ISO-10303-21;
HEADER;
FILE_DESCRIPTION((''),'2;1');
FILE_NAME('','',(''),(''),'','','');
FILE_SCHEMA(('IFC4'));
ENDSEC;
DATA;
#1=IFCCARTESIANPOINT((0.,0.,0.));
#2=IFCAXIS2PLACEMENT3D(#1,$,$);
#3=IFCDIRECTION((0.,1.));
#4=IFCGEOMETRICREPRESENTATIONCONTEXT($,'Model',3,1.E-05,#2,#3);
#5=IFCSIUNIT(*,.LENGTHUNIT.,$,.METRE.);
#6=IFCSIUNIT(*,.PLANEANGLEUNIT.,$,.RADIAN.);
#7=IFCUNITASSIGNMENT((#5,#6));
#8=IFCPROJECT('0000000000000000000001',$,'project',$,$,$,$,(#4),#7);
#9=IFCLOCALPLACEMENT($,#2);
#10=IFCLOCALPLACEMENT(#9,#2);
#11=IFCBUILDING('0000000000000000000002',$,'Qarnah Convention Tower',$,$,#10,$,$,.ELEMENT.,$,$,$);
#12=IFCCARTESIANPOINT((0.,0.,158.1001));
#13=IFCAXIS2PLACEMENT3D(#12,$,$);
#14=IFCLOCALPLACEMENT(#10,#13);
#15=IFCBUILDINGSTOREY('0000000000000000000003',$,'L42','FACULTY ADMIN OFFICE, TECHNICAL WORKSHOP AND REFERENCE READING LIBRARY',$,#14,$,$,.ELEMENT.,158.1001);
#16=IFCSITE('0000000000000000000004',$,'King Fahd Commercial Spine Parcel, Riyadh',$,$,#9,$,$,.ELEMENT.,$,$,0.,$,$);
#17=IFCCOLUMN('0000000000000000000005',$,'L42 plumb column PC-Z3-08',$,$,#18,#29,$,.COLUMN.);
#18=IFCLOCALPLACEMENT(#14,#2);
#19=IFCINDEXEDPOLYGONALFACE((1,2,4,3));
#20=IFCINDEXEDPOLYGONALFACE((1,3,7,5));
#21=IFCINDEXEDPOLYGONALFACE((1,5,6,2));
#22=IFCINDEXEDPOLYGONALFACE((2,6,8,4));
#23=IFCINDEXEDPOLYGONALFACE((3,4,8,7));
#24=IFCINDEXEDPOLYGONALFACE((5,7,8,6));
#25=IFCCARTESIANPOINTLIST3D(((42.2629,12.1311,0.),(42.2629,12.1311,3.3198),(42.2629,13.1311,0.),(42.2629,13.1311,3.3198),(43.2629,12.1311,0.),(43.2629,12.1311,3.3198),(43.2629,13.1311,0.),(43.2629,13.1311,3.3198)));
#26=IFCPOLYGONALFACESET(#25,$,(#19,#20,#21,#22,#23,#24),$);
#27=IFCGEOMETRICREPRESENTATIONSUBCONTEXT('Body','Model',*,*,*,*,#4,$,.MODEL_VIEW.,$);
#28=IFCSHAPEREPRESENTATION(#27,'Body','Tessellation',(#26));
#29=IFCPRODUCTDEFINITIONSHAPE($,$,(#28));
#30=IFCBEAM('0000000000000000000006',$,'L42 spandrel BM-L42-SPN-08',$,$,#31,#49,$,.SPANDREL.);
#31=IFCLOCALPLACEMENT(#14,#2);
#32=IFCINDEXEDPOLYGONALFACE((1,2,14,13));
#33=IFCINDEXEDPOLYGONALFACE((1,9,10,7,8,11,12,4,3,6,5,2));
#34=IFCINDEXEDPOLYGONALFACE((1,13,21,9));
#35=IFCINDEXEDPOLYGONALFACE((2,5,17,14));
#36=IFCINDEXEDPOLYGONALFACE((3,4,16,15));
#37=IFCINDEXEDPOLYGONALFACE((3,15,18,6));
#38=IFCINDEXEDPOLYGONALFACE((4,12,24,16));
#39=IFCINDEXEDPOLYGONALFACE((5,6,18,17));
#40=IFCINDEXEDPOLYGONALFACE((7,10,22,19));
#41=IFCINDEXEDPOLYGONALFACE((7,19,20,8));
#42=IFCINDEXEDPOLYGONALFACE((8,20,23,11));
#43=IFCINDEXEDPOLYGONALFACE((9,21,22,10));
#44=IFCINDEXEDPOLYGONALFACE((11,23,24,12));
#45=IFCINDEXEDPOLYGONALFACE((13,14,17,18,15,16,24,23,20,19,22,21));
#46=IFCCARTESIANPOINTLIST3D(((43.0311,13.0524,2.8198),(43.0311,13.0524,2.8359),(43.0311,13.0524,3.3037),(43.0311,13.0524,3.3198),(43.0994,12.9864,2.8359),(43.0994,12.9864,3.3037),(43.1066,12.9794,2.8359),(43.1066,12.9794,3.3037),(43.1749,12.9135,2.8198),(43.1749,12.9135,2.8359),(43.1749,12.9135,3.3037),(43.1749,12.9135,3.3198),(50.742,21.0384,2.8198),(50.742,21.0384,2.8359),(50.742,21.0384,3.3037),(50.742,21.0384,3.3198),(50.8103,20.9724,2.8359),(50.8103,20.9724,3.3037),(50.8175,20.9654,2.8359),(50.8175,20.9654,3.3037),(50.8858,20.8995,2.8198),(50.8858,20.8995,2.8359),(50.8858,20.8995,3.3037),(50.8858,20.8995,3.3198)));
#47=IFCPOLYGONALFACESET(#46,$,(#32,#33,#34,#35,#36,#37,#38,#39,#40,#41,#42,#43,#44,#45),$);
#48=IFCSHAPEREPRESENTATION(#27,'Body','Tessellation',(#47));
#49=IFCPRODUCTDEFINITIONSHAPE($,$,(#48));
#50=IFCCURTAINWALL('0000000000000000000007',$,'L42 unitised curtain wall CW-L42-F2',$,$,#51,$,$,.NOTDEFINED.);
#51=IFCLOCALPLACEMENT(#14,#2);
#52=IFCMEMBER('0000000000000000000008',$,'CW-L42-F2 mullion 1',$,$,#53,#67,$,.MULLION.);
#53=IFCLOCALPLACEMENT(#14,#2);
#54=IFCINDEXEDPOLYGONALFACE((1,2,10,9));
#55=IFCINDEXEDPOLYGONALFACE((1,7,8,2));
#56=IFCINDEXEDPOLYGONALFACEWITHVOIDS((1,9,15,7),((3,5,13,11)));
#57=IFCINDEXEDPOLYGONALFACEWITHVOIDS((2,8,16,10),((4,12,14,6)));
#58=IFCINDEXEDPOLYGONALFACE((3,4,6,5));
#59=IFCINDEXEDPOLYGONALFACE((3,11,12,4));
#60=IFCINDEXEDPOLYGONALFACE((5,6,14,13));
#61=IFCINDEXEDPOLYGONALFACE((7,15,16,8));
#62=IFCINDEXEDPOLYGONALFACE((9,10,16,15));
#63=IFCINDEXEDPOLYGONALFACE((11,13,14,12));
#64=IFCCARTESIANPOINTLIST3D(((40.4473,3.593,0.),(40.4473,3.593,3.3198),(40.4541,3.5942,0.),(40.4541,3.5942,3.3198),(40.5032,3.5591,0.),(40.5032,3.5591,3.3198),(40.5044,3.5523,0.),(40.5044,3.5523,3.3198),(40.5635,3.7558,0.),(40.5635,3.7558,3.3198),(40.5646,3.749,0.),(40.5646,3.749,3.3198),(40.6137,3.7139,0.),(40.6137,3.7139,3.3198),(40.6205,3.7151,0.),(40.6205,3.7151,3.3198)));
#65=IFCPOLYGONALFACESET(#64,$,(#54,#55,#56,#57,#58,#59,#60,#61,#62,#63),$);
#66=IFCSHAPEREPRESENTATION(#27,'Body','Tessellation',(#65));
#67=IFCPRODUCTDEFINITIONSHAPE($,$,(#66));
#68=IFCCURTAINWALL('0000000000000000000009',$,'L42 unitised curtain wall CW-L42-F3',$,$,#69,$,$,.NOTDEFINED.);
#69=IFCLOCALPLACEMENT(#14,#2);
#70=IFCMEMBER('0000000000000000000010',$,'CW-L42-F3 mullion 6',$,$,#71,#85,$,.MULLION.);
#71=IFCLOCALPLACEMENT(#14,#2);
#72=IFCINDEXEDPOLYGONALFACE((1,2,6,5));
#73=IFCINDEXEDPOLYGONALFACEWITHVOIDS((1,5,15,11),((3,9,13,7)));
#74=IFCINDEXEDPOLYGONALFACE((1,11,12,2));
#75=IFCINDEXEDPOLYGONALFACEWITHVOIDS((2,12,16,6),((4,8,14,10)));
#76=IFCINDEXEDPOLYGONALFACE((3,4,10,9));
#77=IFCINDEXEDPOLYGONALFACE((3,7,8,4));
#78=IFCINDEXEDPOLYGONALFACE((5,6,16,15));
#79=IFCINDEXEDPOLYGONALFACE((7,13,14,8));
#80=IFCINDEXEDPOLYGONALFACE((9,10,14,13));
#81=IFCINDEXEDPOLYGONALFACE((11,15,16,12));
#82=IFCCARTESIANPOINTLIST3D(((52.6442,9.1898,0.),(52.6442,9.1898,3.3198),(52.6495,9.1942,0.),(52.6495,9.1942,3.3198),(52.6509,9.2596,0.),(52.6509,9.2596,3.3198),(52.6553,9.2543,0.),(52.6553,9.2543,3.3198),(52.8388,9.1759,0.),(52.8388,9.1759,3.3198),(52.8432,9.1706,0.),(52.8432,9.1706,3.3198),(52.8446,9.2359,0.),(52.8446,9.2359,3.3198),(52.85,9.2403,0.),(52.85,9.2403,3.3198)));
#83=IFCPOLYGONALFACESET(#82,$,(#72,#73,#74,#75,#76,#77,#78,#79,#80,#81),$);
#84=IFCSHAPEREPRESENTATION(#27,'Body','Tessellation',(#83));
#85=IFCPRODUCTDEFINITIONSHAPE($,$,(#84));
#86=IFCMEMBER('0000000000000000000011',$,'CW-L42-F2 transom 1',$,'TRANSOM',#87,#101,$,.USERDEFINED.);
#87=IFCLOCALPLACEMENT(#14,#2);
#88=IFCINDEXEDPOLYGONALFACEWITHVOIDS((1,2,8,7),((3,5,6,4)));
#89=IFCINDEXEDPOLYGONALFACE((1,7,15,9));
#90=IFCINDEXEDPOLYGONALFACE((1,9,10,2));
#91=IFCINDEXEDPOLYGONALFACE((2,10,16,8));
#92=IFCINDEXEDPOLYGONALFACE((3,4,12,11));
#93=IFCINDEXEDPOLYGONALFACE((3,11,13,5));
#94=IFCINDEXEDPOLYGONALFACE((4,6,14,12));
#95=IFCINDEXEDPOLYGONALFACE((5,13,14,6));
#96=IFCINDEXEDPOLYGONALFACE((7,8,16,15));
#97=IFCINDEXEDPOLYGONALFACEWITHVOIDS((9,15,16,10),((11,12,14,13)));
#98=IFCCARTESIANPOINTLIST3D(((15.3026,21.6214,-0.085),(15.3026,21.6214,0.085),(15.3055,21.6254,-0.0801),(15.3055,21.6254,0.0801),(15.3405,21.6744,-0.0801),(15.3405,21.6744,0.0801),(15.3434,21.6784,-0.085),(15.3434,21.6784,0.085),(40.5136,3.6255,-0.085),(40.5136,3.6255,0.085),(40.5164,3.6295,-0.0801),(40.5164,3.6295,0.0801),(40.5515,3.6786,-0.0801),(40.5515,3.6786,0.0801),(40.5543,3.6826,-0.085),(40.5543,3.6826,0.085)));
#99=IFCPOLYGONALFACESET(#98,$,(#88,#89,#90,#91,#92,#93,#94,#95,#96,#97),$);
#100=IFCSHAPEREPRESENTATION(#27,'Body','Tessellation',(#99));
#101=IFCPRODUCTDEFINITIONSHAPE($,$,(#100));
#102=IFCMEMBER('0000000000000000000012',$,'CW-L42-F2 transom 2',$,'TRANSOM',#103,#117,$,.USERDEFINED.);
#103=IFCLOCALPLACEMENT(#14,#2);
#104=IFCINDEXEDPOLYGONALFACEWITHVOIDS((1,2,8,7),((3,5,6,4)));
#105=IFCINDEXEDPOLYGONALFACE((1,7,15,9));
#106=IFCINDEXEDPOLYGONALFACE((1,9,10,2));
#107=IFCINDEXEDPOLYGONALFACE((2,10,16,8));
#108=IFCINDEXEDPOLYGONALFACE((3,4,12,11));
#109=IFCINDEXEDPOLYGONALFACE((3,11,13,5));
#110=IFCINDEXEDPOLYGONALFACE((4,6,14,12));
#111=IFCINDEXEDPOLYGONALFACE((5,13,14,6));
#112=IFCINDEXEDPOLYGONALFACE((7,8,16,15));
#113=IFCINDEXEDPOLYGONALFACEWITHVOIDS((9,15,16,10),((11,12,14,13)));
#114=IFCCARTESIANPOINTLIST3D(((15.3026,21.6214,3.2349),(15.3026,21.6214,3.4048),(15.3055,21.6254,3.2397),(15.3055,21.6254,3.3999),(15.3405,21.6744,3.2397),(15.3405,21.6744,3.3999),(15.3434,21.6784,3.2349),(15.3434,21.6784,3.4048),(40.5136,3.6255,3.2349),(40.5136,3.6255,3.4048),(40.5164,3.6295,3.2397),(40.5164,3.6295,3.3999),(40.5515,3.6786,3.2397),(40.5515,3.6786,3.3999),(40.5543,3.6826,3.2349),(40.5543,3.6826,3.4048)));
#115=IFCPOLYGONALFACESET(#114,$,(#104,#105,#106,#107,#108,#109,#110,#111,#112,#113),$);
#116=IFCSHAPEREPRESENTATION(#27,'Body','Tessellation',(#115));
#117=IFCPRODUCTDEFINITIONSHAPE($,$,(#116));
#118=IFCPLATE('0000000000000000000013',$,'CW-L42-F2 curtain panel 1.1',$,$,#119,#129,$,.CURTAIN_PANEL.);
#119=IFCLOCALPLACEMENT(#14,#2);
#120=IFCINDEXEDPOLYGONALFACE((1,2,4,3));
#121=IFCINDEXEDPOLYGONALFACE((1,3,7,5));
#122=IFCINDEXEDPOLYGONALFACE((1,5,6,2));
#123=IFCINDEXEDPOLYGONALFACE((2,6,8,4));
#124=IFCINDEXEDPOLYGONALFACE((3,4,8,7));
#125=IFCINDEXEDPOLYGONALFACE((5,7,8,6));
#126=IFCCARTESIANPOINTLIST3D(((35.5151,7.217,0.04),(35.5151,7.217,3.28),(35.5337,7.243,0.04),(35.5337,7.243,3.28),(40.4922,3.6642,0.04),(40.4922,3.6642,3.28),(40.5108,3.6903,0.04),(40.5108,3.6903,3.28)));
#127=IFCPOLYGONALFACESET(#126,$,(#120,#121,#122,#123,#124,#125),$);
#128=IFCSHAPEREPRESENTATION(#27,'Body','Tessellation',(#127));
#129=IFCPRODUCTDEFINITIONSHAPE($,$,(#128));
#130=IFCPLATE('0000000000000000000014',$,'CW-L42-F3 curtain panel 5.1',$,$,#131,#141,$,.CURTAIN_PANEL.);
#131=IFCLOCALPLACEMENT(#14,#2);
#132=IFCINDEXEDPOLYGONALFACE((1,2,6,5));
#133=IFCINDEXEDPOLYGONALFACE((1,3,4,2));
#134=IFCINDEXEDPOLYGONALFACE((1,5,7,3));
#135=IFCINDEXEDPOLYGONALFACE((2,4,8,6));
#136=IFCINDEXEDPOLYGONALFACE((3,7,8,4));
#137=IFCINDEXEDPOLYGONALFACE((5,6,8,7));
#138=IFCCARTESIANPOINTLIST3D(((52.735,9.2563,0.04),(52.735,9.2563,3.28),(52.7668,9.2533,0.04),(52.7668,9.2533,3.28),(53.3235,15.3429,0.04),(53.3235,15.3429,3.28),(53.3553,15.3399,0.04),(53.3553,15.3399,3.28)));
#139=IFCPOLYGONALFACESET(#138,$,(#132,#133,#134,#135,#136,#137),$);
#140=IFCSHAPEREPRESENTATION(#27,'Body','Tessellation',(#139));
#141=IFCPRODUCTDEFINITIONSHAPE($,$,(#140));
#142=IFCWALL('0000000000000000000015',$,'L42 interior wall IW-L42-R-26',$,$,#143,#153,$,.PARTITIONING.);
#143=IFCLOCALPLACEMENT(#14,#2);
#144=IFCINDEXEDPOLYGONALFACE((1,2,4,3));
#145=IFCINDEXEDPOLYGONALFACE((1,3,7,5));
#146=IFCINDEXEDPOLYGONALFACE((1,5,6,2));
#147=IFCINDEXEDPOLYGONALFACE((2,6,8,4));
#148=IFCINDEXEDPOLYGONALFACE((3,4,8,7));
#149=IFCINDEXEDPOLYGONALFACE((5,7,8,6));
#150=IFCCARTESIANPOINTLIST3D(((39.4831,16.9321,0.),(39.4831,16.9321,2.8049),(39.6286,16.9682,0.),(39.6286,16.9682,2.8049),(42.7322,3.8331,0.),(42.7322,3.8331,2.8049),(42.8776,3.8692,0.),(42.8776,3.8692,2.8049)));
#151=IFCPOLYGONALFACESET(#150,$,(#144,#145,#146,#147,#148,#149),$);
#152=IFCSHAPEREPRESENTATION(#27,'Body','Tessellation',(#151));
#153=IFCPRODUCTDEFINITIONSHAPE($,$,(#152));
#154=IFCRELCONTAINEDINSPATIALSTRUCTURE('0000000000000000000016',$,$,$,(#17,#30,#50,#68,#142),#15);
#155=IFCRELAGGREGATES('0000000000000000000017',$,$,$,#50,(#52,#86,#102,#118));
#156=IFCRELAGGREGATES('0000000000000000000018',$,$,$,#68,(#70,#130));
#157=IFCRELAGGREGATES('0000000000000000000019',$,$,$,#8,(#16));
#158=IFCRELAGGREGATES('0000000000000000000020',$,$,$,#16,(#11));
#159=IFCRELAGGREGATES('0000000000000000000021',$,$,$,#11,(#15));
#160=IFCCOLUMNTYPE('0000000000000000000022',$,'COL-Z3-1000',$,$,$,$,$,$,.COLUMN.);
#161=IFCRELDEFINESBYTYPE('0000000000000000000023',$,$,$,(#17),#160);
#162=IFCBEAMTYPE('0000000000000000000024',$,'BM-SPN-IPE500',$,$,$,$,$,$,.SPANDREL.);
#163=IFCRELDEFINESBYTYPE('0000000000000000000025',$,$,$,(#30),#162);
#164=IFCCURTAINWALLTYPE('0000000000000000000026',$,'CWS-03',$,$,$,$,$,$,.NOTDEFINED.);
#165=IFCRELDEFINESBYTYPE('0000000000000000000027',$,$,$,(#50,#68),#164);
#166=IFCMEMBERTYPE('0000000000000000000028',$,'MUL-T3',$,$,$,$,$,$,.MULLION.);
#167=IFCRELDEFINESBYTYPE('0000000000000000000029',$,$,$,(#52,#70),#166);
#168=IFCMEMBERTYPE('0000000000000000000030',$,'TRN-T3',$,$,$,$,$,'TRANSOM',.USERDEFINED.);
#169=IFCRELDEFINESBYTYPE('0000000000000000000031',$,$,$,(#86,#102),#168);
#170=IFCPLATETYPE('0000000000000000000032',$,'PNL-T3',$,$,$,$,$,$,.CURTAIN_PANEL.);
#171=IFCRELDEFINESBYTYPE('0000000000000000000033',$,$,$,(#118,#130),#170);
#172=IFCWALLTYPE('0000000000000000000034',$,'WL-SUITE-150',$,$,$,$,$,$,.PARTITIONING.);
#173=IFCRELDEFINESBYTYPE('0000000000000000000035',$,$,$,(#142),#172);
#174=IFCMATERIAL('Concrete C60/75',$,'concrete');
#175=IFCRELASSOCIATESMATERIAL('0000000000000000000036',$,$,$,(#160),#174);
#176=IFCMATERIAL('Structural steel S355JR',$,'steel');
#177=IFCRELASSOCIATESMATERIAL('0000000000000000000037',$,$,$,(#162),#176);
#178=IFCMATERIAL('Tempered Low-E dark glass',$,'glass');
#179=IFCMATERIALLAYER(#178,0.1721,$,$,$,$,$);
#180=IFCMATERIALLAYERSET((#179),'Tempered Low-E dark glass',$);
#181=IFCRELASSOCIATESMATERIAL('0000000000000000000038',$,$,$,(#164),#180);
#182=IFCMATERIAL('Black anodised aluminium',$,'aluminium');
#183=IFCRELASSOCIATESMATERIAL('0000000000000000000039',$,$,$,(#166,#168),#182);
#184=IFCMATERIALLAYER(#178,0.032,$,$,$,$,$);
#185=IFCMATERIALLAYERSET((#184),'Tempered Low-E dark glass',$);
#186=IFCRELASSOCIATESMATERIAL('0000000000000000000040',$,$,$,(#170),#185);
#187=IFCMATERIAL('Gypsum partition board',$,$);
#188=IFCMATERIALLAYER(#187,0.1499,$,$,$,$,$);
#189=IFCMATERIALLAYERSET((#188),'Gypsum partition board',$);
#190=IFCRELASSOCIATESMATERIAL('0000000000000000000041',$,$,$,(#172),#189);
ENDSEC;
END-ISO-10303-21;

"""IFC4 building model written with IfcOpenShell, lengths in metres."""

from ifc_helpers import new_model, si_unit, direction, frame, frame_2d, origin, origin_2d, place, context, subcontext, project, spatial, rectangle, hollow_rectangle, i_section, extrude, material, layer, layer_set, material_profile, profile_set, type_object, element, aggregate, save


model = new_model("IFC4")

# Units and contexts
model_context = context("Model", 3, precision=1e-05, world=origin(), true_north=direction((0.0, 1.0)))
body_context = subcontext(model_context, "Body", "Model", "MODEL_VIEW")
ifc_project = project(units=[si_unit("LENGTHUNIT", "METRE"), si_unit("PLANEANGLEUNIT", "RADIAN")], contexts=[model_context])

# Site, building, storey
site_placement = place(None, origin())
site = spatial("IfcSite", under=ifc_project, at=site_placement, Name="King Fahd Commercial Spine Parcel, Riyadh", CompositionType="ELEMENT", RefElevation=0.0)
building_placement = place(site_placement, origin())
building = spatial("IfcBuilding", under=site, at=building_placement, Name="Qarnah Convention Tower", CompositionType="ELEMENT")
storey_placement = place(building_placement, frame((0.0, 0.0, 158.1001)))
storey = spatial("IfcBuildingStorey", under=building, at=storey_placement, Name="L42", Description="FACULTY ADMIN OFFICE, TECHNICAL WORKSHOP AND REFERENCE READING LIBRARY", CompositionType="ELEMENT", Elevation=158.1001)

# Column
ifc_material_1 = material(Name="Concrete C60/75", Category="concrete")
ifc_material_profile_1 = material_profile(ifc_material_1, rectangle(XDim=1.0, YDim=1.0, at=origin_2d()), Name="RC-COL-1000X1000")
ifc_profile_set_1 = profile_set([ifc_material_profile_1], Name="Concrete C60/75")
column_type = type_object("IfcColumnType", Name="COL-Z3-1000", PredefinedType="COLUMN", material=ifc_profile_set_1)
column_placement = place(storey_placement, frame((42.7629, 12.6311, 0.0), z_axis=(0.0, 0.0, 1.0), x_axis=(1.0, 0.0, 0.0)))
element("IfcColumn", 1, at=column_placement, inside=storey, type_object=column_type, Name="L42 plumb column PC-Z3-08", PredefinedType="COLUMN", context=body_context, shape_type="SweptSolid", body=[
    extrude(rectangle(XDim=1.0, YDim=1.0, at=origin_2d()), origin(), (0.0, 0.0, 1.0), 3.3198),
])

# Beam
ifc_material_2 = material(Name="Structural steel S355JR", Category="steel")
ifc_material_profile_2 = material_profile(ifc_material_2, i_section(OverallWidth=0.2, OverallDepth=0.5, WebThickness=0.01, FlangeThickness=0.0161, at=origin_2d()), Name="IPE500")
ifc_profile_set_2 = profile_set([ifc_material_profile_2], Name="Structural steel S355JR")
beam_type = type_object("IfcBeamType", Name="BM-SPN-IPE500", PredefinedType="SPANDREL", material=ifc_profile_set_2)
beam_placement = place(storey_placement, frame((43.103, 12.9829, 3.0698), z_axis=(0.694606, 0.719391, 0.0), x_axis=(-0.719391, 0.694606, 0.0)))
element("IfcBeam", 2, at=beam_placement, inside=storey, type_object=beam_type, Name="L42 spandrel BM-L42-SPN-08", PredefinedType="SPANDREL", context=body_context, shape_type="SweptSolid", body=[
    extrude(i_section(OverallWidth=0.2, OverallDepth=0.5, WebThickness=0.01, FlangeThickness=0.0161, at=origin_2d()), origin(), (0.0, 0.0, 1.0), 11.1011),
])

# Curtain walls, members
ifc_material_3 = material(Name="Tempered Low-E dark glass", Category="glass")
ifc_layer_1 = layer(ifc_material_3, 0.1721)
ifc_layer_set_1 = layer_set([ifc_layer_1], Name="Tempered Low-E dark glass")
curtain_wall_type = type_object("IfcCurtainWallType", Name="CWS-03", PredefinedType="NOTDEFINED", material=ifc_layer_set_1)
curtain_wall_1_placement = place(storey_placement, origin())
curtain_wall_1 = element("IfcCurtainWall", 3, at=curtain_wall_1_placement, inside=storey, type_object=curtain_wall_type, Name="L42 unitised curtain wall CW-L42-F2", PredefinedType="NOTDEFINED")
ifc_material_4 = material(Name="Black anodised aluminium", Category="aluminium")
ifc_material_profile_3 = material_profile(ifc_material_4, hollow_rectangle(XDim=0.0701, YDim=0.2, WallThickness=0.0049, at=origin_2d()), Name="MUL-70X200")
ifc_profile_set_3 = profile_set([ifc_material_profile_3], Name="Black anodised aluminium")
member_type_1 = type_object("IfcMemberType", Name="MUL-T3", PredefinedType="MULLION", material=ifc_profile_set_3)
member_1_placement = place(storey_placement, frame((40.5339, 3.6541, 0.0), z_axis=(0.0, 0.0, 1.0), x_axis=(-0.813914, 0.580985, 0.0)))
member_1 = element("IfcMember", 4, at=member_1_placement, type_object=member_type_1, Name="CW-L42-F2 mullion 1", PredefinedType="MULLION", context=body_context, shape_type="SweptSolid", body=[
    extrude(hollow_rectangle(XDim=0.0701, YDim=0.2, WallThickness=0.0049, at=origin_2d()), origin(), (0.0, 0.0, 1.0), 3.3198),
])
curtain_wall_2_placement = place(storey_placement, origin())
curtain_wall_2 = element("IfcCurtainWall", 5, at=curtain_wall_2_placement, inside=storey, type_object=curtain_wall_type, Name="L42 unitised curtain wall CW-L42-F3", PredefinedType="NOTDEFINED")
member_2_placement = place(storey_placement, frame((52.7471, 9.2151, 0.0), z_axis=(0.0, 0.0, 1.0), x_axis=(-0.09624, -0.995358, 0.0)))
member_2 = element("IfcMember", 6, at=member_2_placement, type_object=member_type_1, Name="CW-L42-F3 mullion 6", PredefinedType="MULLION", context=body_context, shape_type="SweptSolid", body=[
    extrude(hollow_rectangle(XDim=0.0701, YDim=0.2, WallThickness=0.0049, at=origin_2d()), origin(), (0.0, 0.0, 1.0), 3.3198),
])

# Members
ifc_material_profile_4 = material_profile(ifc_material_4, hollow_rectangle(XDim=0.0701, YDim=0.1699, WallThickness=0.0049, at=origin_2d()), Name="TRN-70X170")
ifc_profile_set_4 = profile_set([ifc_material_profile_4], Name="Black anodised aluminium")
member_type_2 = type_object("IfcMemberType", Name="TRN-T3", ElementType="TRANSOM", PredefinedType="USERDEFINED", material=ifc_profile_set_4)
member_3_placement = place(storey_placement, frame((40.5339, 3.6541, 0.0), z_axis=(-0.813916, 0.580982, 0.0), x_axis=(-0.580982, -0.813916, 0.0)))
member_3 = element("IfcMember", 7, at=member_3_placement, type_object=member_type_2, Name="CW-L42-F2 transom 1", ObjectType="TRANSOM", PredefinedType="USERDEFINED", context=body_context, shape_type="SweptSolid", body=[
    extrude(hollow_rectangle(XDim=0.0701, YDim=0.1699, WallThickness=0.0049, at=origin_2d()), origin(), (0.0, 0.0, 1.0), 30.9749),
])
member_4_placement = place(storey_placement, frame((40.5339, 3.6541, 3.3198), z_axis=(-0.813916, 0.580982, 0.0), x_axis=(-0.580982, -0.813916, 0.0)))
member_4 = element("IfcMember", 8, at=member_4_placement, type_object=member_type_2, Name="CW-L42-F2 transom 2", ObjectType="TRANSOM", PredefinedType="USERDEFINED", context=body_context, shape_type="SweptSolid", body=[
    extrude(hollow_rectangle(XDim=0.0701, YDim=0.1699, WallThickness=0.0049, at=origin_2d()), origin(), (0.0, 0.0, 1.0), 30.9749),
])

# Plates
ifc_layer_2 = layer(ifc_material_3, 0.032)
ifc_layer_set_2 = layer_set([ifc_layer_2], Name="Tempered Low-E dark glass")
plate_type = type_object("IfcPlateType", Name="PNL-T3", PredefinedType="CURTAIN_PANEL", material=ifc_layer_set_2)
plate_1_placement = place(storey_placement, frame((38.0129, 5.4536, 0.04), z_axis=(0.0, 0.0, 1.0), x_axis=(-0.813914, 0.580985, 0.0)))
plate_1 = element("IfcPlate", 9, at=plate_1_placement, type_object=plate_type, Name="CW-L42-F2 curtain panel 1.1", PredefinedType="CURTAIN_PANEL", context=body_context, shape_type="SweptSolid", body=[
    extrude(rectangle(XDim=6.115, YDim=0.032, at=origin_2d()), origin(), (0.0, 0.0, 1.0), 3.24),
])
aggregate(curtain_wall_1, [member_1, member_3, member_4, plate_1])
plate_2_placement = place(storey_placement, frame((53.0452, 12.2981, 0.04), z_axis=(0.0, 0.0, 1.0), x_axis=(-0.09624, -0.995358, 0.0)))
plate_2 = element("IfcPlate", 10, at=plate_2_placement, type_object=plate_type, Name="CW-L42-F3 curtain panel 5.1", PredefinedType="CURTAIN_PANEL", context=body_context, shape_type="SweptSolid", body=[
    extrude(rectangle(XDim=6.115, YDim=0.032, at=origin_2d()), origin(), (0.0, 0.0, 1.0), 3.24),
])
aggregate(curtain_wall_2, [member_2, plate_2])

# Wall
ifc_material_5 = material(Name="Gypsum partition board")
ifc_layer_3 = layer(ifc_material_5, 0.1499)
ifc_layer_set_3 = layer_set([ifc_layer_3], Name="Gypsum partition board")
wall_type_1 = type_object("IfcWallType", Name="WL-SUITE-150", PredefinedType="PARTITIONING", material=ifc_layer_set_3)
wall_1_placement = place(storey_placement, frame((42.8049, 3.8511, 0.0), z_axis=(0.0, 0.0, 1.0), x_axis=(-0.240743, 0.970589, 0.0)))
element("IfcWall", 11, at=wall_1_placement, inside=storey, type_object=wall_type_1, Name="L42 interior wall IW-L42-R-26", PredefinedType="PARTITIONING", context=body_context, shape_type="SweptSolid", body=[
    extrude(rectangle(XDim=13.4958, YDim=0.1499, at=frame_2d((6.748, 0.0))), origin(), (0.0, 0.0, 1.0), 2.8049),
])

save(model, "model.ifc")
